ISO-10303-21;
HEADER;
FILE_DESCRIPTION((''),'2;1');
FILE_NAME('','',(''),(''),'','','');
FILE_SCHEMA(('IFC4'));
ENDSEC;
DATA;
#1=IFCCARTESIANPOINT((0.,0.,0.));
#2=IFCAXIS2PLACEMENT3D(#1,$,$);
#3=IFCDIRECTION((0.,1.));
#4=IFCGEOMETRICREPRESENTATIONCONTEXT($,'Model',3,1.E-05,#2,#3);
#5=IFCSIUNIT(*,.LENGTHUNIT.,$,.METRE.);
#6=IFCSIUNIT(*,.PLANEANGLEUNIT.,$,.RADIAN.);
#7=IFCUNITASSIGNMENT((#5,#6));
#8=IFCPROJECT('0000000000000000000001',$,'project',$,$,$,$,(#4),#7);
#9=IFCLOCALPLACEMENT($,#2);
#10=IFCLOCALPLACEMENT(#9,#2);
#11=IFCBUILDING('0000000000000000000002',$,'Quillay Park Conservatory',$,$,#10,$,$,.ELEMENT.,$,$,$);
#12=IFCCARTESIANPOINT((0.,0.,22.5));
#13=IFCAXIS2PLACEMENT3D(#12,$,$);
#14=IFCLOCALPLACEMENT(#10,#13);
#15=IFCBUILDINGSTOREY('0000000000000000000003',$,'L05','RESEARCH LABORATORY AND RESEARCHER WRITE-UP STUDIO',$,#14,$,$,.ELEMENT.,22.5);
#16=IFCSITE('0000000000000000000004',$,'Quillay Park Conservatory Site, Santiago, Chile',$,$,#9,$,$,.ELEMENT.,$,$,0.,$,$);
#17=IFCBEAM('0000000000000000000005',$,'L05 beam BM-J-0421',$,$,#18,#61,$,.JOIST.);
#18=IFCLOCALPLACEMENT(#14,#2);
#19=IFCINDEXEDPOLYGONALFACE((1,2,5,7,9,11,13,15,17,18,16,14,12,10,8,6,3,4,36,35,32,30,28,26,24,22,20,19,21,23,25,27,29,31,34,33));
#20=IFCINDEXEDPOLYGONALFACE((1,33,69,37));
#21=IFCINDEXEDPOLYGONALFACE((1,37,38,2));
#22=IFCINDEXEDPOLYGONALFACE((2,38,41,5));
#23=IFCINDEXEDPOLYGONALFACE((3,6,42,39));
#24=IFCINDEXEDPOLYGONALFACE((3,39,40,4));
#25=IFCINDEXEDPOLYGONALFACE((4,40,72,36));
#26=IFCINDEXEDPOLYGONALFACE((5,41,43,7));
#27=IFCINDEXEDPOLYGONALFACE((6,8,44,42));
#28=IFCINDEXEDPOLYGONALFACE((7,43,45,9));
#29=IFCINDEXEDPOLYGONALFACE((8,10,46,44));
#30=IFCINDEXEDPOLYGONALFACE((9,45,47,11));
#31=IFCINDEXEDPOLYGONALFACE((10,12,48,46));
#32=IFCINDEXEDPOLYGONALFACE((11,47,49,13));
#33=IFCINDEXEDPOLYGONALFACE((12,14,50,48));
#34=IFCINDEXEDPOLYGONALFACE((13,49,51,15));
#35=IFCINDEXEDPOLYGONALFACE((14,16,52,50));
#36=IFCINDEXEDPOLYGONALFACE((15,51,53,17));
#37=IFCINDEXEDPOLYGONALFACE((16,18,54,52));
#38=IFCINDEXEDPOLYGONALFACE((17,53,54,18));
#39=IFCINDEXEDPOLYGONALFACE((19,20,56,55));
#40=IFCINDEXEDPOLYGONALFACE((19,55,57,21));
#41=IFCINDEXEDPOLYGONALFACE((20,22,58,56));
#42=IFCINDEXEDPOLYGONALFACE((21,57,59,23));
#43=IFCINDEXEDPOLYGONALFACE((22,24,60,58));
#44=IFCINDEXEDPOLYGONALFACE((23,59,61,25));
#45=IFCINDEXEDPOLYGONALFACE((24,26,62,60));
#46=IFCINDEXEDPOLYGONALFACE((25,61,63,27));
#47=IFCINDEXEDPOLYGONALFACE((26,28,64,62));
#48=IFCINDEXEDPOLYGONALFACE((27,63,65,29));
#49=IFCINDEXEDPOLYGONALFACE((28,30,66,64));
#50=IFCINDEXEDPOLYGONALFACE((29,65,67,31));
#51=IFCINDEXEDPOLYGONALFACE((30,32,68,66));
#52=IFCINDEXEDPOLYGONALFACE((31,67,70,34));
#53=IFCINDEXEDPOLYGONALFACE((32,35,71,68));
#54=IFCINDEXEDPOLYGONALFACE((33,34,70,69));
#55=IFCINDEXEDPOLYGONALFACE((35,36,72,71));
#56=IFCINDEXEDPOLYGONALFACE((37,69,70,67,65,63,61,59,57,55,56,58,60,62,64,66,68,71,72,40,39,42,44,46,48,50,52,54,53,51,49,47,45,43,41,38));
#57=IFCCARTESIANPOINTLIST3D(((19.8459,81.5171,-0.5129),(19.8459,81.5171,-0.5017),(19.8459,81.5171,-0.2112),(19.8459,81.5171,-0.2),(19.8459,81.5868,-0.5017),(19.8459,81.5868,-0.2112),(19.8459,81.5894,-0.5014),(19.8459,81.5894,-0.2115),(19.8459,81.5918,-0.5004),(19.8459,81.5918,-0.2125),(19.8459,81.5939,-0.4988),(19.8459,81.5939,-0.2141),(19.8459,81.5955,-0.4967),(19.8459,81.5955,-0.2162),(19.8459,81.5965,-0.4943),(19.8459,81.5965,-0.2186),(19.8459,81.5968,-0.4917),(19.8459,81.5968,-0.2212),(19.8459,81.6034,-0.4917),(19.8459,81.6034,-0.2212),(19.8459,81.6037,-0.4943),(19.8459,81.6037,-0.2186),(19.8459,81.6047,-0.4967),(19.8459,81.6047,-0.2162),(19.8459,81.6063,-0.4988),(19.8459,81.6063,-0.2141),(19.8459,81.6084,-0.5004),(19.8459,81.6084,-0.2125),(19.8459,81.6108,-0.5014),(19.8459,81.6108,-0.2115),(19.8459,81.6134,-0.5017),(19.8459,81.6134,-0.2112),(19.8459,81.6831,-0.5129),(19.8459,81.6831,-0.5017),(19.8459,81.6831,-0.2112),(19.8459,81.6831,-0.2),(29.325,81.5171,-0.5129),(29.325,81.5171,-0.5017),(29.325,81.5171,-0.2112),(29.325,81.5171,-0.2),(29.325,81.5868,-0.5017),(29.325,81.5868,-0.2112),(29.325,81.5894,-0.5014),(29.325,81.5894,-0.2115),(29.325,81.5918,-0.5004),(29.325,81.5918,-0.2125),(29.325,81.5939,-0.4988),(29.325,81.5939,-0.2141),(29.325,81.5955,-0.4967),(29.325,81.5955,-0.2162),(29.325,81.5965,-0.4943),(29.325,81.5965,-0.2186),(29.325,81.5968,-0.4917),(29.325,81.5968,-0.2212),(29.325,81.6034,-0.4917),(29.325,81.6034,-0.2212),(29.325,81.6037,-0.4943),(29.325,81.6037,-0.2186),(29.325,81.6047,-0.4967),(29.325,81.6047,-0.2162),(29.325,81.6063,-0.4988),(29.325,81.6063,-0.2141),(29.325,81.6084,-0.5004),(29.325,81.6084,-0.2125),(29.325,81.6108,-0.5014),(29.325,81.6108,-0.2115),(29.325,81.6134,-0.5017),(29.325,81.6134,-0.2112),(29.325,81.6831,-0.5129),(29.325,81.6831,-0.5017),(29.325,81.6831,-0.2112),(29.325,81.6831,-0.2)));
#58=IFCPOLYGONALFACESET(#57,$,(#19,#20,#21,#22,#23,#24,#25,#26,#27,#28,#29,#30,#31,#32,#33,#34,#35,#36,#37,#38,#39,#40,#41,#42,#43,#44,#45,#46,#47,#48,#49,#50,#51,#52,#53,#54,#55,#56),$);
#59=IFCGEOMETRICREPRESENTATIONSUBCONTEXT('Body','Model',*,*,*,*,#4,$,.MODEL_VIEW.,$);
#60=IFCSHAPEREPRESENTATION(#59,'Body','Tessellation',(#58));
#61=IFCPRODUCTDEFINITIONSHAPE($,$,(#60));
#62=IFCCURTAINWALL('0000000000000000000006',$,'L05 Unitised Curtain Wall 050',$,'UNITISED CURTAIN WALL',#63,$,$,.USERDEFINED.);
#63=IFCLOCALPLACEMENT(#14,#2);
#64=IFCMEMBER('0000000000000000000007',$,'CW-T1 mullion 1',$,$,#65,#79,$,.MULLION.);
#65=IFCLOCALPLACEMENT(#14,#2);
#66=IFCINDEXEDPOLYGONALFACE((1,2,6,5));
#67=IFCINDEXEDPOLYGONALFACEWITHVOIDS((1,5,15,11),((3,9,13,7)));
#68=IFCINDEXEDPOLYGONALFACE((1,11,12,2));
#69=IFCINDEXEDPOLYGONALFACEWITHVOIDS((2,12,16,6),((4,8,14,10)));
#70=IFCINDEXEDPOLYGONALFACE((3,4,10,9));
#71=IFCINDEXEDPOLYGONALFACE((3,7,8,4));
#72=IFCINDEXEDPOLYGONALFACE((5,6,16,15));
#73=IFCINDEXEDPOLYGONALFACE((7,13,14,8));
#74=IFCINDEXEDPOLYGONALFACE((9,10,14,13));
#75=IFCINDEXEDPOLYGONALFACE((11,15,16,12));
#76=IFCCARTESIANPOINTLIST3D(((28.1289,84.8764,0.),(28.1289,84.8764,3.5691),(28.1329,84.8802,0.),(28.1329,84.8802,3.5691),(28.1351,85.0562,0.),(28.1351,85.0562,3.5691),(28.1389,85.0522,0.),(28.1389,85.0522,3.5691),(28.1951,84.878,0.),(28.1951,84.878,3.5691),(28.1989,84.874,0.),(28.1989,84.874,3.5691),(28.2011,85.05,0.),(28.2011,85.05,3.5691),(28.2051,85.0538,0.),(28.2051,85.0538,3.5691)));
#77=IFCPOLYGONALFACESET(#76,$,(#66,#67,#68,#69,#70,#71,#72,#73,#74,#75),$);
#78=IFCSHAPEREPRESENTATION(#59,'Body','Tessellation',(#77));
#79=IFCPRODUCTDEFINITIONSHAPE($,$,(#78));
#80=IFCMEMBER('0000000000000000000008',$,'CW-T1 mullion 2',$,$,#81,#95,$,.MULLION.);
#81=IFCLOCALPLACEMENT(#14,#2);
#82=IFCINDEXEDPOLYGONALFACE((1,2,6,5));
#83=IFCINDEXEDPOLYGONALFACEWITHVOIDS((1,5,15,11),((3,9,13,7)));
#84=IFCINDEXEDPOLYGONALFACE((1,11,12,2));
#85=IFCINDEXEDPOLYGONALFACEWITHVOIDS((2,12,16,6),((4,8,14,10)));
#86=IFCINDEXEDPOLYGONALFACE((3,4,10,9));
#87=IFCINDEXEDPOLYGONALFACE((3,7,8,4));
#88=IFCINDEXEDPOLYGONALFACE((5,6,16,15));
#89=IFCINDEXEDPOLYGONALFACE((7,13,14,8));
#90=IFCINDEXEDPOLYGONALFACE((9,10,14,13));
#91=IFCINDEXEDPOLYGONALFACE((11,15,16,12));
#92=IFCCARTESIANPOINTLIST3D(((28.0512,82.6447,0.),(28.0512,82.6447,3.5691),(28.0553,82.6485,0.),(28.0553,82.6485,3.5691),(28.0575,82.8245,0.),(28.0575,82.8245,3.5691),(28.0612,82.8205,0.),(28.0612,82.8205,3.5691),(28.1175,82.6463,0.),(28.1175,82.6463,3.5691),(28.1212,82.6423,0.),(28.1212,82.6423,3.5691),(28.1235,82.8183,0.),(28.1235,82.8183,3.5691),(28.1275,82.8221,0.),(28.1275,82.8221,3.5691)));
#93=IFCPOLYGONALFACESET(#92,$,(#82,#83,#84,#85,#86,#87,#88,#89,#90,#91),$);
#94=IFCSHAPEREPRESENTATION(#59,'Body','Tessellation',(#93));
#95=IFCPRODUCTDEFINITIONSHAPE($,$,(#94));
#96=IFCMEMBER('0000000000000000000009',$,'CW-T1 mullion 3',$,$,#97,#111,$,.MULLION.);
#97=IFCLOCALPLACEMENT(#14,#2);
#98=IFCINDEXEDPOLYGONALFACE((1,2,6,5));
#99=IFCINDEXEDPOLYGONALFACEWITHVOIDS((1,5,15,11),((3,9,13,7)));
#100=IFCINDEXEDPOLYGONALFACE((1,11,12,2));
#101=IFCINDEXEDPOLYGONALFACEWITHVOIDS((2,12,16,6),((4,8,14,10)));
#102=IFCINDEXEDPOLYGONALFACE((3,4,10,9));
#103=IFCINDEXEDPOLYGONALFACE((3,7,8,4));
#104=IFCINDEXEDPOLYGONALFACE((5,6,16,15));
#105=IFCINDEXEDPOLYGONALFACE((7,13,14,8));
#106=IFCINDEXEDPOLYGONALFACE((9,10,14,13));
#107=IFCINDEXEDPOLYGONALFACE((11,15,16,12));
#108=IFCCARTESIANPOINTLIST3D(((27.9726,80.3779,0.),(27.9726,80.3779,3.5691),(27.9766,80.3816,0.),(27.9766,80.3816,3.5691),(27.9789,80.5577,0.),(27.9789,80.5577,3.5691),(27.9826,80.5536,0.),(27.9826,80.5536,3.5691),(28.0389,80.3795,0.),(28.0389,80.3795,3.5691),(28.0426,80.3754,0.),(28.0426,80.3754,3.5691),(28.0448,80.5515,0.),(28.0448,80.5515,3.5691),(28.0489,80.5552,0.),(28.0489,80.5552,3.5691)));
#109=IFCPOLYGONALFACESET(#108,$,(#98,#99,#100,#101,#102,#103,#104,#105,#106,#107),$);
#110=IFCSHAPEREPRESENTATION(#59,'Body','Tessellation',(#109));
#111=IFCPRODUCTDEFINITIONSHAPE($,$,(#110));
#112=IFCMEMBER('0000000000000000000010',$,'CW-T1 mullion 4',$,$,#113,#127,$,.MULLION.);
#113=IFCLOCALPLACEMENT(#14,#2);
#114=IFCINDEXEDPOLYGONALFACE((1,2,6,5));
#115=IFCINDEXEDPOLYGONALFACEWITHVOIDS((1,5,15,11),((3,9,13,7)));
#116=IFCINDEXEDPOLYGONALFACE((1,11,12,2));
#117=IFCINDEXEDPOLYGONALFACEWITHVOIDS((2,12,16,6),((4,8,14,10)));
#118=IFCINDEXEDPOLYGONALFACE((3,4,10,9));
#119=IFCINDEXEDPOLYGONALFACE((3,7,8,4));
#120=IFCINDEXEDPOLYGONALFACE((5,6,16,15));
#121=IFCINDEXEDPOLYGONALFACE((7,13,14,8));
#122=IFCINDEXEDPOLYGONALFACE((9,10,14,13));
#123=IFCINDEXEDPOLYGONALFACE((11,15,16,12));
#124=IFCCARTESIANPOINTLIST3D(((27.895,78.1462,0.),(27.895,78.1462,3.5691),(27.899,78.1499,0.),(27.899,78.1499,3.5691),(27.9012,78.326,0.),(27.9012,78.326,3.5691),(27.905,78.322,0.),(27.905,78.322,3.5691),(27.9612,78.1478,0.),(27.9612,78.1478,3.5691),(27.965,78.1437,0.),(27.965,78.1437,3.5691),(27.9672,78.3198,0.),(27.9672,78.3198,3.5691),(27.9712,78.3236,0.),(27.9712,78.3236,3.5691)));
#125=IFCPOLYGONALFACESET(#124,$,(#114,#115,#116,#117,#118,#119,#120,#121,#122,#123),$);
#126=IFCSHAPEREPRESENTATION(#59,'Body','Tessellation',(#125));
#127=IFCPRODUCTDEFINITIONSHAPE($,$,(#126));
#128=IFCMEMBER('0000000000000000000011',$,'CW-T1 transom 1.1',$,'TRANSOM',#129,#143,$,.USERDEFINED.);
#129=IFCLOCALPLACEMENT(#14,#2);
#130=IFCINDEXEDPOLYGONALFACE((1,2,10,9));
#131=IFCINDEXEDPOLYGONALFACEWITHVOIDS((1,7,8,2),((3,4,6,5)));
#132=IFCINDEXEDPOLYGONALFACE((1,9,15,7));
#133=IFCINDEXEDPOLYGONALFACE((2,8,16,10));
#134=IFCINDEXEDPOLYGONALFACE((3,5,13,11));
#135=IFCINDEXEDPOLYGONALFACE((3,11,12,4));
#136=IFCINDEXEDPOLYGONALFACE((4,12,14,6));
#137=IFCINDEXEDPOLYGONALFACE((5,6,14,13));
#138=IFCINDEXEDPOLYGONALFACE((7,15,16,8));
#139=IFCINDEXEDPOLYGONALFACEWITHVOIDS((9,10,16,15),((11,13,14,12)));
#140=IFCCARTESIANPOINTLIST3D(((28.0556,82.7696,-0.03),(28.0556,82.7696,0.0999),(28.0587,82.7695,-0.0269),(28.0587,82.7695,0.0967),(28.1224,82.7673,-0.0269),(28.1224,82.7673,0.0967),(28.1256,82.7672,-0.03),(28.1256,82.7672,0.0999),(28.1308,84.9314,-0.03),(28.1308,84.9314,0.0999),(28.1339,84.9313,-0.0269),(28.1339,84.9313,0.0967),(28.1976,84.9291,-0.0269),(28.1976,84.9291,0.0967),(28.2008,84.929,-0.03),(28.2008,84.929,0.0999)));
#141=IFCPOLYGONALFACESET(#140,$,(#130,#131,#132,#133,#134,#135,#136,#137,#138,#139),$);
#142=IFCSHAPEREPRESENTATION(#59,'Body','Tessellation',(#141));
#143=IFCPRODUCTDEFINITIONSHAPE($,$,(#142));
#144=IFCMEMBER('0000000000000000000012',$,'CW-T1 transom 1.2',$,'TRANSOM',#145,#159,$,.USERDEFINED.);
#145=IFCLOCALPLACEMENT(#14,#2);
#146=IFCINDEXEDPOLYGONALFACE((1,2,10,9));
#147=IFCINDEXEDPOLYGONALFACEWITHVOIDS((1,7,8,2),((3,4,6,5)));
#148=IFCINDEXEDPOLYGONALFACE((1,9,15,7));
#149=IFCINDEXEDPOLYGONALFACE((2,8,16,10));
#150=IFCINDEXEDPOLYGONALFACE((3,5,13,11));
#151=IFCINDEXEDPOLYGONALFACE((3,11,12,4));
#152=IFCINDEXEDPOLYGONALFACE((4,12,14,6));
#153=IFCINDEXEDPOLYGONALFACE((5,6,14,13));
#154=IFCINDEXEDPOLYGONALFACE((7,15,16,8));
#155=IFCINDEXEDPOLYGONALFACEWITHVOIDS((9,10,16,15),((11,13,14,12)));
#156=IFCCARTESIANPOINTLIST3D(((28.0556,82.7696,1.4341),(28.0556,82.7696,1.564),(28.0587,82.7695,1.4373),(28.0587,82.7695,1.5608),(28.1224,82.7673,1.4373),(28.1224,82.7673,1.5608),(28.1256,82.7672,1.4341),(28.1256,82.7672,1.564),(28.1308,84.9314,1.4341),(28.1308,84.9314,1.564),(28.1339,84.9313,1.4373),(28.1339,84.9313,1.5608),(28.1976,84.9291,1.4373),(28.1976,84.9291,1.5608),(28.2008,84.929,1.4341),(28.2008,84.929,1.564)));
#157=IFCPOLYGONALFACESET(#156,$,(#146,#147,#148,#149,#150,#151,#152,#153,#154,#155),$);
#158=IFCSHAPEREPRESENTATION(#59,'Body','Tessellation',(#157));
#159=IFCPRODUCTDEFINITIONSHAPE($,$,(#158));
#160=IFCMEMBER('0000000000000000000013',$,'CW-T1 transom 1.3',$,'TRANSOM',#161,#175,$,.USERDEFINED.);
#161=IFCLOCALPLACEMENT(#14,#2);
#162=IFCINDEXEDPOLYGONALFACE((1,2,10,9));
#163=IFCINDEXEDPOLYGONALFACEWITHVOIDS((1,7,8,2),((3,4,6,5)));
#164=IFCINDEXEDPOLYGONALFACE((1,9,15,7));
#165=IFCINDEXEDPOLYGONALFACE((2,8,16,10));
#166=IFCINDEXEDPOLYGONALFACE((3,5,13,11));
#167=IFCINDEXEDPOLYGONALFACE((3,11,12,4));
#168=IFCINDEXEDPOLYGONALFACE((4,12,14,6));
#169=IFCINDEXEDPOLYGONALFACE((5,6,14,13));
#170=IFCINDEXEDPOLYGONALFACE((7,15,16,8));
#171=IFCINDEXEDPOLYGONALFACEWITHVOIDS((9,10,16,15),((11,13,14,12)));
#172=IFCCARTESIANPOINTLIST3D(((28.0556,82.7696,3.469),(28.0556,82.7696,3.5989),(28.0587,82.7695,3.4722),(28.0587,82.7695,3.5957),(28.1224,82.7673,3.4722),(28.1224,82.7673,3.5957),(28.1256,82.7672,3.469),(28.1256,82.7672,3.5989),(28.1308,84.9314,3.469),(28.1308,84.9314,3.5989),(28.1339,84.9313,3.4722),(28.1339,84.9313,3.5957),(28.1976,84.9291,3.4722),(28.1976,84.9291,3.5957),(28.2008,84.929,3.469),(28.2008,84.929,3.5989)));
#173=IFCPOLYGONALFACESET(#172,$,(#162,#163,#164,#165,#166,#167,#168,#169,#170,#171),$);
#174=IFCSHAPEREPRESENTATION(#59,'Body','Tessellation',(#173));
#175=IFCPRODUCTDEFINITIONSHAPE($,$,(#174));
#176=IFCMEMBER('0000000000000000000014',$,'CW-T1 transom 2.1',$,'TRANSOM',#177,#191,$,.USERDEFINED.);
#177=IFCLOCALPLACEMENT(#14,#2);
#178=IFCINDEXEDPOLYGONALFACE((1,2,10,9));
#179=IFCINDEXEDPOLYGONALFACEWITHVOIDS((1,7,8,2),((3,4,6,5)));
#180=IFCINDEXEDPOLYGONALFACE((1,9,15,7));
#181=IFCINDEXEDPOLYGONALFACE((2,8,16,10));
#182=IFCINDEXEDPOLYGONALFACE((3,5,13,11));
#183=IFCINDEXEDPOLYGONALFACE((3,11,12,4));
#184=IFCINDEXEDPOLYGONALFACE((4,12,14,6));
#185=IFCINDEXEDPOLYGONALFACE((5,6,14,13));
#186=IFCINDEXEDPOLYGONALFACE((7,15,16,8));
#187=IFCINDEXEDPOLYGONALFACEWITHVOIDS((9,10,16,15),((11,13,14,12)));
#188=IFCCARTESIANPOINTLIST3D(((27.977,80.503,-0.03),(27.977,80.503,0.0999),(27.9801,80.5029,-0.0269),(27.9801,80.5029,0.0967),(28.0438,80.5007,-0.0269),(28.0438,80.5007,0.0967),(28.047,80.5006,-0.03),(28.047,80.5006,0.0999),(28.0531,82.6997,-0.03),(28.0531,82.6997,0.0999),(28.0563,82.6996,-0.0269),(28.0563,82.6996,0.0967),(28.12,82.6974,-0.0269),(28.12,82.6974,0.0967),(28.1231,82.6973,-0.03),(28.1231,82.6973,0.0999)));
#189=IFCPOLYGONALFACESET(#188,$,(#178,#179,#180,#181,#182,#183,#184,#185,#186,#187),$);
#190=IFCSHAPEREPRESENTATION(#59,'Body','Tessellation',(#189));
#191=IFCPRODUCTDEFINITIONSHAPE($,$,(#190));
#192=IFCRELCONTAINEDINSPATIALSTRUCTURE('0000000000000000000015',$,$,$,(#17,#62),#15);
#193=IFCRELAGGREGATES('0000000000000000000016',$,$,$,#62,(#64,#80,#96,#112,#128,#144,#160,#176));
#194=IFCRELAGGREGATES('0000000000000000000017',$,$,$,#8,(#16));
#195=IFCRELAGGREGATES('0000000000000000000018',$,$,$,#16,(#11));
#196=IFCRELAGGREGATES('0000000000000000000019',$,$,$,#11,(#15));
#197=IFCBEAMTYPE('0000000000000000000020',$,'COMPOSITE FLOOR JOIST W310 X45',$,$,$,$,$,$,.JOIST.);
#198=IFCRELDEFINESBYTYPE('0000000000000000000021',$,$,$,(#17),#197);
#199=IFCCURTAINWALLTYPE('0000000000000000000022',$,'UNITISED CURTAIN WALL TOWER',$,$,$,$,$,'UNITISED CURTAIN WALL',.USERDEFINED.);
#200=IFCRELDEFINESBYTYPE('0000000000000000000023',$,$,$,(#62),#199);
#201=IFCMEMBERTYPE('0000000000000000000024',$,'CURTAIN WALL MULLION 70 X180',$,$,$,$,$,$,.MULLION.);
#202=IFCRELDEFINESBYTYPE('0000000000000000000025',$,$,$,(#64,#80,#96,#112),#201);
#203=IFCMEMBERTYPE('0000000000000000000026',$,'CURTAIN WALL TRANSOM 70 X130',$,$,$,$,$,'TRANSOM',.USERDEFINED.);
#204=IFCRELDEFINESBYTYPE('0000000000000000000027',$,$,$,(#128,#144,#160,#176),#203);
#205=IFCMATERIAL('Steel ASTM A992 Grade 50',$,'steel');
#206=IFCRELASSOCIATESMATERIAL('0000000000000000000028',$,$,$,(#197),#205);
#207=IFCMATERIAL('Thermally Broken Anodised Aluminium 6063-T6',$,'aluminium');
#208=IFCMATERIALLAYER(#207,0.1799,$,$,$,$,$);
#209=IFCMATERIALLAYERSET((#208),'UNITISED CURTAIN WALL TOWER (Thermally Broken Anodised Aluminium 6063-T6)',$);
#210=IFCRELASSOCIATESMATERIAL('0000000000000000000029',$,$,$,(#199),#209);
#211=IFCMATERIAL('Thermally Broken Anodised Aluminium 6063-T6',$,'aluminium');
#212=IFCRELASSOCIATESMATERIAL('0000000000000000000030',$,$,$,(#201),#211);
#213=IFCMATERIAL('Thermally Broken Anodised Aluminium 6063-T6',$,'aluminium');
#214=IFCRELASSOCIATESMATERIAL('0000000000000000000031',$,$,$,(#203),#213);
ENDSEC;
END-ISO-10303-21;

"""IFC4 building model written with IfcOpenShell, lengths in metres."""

from ifc_helpers import new_model, si_unit, direction, frame, origin, origin_2d, place, context, subcontext, project, spatial, hollow_rectangle, i_section, extrude, material, layer, layer_set, material_profile, profile_set, type_object, element, aggregate, save


model = new_model("IFC4")

# Units and contexts
model_context = context("Model", 3, precision=1e-05, world=origin(), true_north=direction((0.0, 1.0)))
body_context = subcontext(model_context, "Body", "Model", "MODEL_VIEW")
ifc_project = project(units=[si_unit("LENGTHUNIT", "METRE"), si_unit("PLANEANGLEUNIT", "RADIAN")], contexts=[model_context])

# Site, building, storey
site_placement = place(None, origin())
site = spatial("IfcSite", under=ifc_project, at=site_placement, Name="Quillay Park Conservatory Site, Santiago, Chile", CompositionType="ELEMENT", RefElevation=0.0)
building_placement = place(site_placement, origin())
building = spatial("IfcBuilding", under=site, at=building_placement, Name="Quillay Park Conservatory", CompositionType="ELEMENT")
storey_placement = place(building_placement, frame((0.0, 0.0, 22.5)))
storey = spatial("IfcBuildingStorey", under=building, at=storey_placement, Name="L05", Description="RESEARCH LABORATORY AND RESEARCHER WRITE-UP STUDIO", CompositionType="ELEMENT", Elevation=22.5)

# Beam
ifc_material_1 = material(Name="Steel ASTM A992 Grade 50", Category="steel")
ifc_material_profile_1 = material_profile(ifc_material_1, i_section(OverallWidth=0.166, OverallDepth=0.313, WebThickness=0.0066, FlangeThickness=0.0112, FilletRadius=0.01, at=origin_2d()), Name="W310x45")
ifc_profile_set_1 = profile_set([ifc_material_profile_1], Name="Steel ASTM A992 Grade 50")
beam_type_1 = type_object("IfcBeamType", Name="COMPOSITE FLOOR JOIST W310 X45", PredefinedType="JOIST", material=ifc_profile_set_1)
beam_1_placement = place(storey_placement, frame((19.8459, 81.6001, -0.3564), z_axis=(1.0, 0.0, 0.0), x_axis=(0.0, 1.0, 0.0)))
element("IfcBeam", 1, at=beam_1_placement, inside=storey, type_object=beam_type_1, Name="L05 beam BM-J-0421", PredefinedType="JOIST", context=body_context, shape_type="SweptSolid", body=[
    extrude(i_section(OverallWidth=0.166, OverallDepth=0.313, WebThickness=0.0066, FlangeThickness=0.0112, FilletRadius=0.01, at=origin_2d()), origin(), (0.0, 0.0, 1.0), 9.479),
])

# Curtain wall, members
ifc_material_2 = material(Name="Thermally Broken Anodised Aluminium 6063-T6", Category="aluminium")
ifc_layer_1 = layer(ifc_material_2, 0.1799)
ifc_layer_set_1 = layer_set([ifc_layer_1], Name="UNITISED CURTAIN WALL TOWER (Thermally Broken Anodised Aluminium 6063-T6)")
curtain_wall_type = type_object("IfcCurtainWallType", Name="UNITISED CURTAIN WALL TOWER", ElementType="UNITISED CURTAIN WALL", PredefinedType="USERDEFINED", material=ifc_layer_set_1)
curtain_wall_placement = place(storey_placement, origin())
curtain_wall = element("IfcCurtainWall", 2, at=curtain_wall_placement, inside=storey, type_object=curtain_wall_type, Name="L05 Unitised Curtain Wall 050", ObjectType="UNITISED CURTAIN WALL", PredefinedType="USERDEFINED")
ifc_material_3 = material(Name="Thermally Broken Anodised Aluminium 6063-T6", Category="aluminium")
ifc_material_profile_2 = material_profile(ifc_material_3, hollow_rectangle(XDim=0.0701, YDim=0.1799, WallThickness=0.0039, at=origin_2d()), Name="AL70x180x4")
ifc_profile_set_2 = profile_set([ifc_material_profile_2], Name="Thermally Broken Anodised Aluminium 6063-T6")
member_type_1 = type_object("IfcMemberType", Name="CURTAIN WALL MULLION 70 X180", PredefinedType="MULLION", material=ifc_profile_set_2)
member_1_placement = place(storey_placement, frame((28.167, 84.9651, 0.0), z_axis=(0.0, 0.0, 1.0), x_axis=(0.999397, -0.034713, 0.0)))
member_1 = element("IfcMember", 3, at=member_1_placement, type_object=member_type_1, Name="CW-T1 mullion 1", PredefinedType="MULLION", context=body_context, shape_type="SweptSolid", body=[
    extrude(hollow_rectangle(XDim=0.0701, YDim=0.1799, WallThickness=0.0039, at=origin_2d()), origin(), (0.0, 0.0, 1.0), 3.5691),
])
member_2_placement = place(storey_placement, frame((28.0894, 82.7334, 0.0), z_axis=(0.0, 0.0, 1.0), x_axis=(0.999397, -0.034713, 0.0)))
member_2 = element("IfcMember", 4, at=member_2_placement, type_object=member_type_1, Name="CW-T1 mullion 2", PredefinedType="MULLION", context=body_context, shape_type="SweptSolid", body=[
    extrude(hollow_rectangle(XDim=0.0701, YDim=0.1799, WallThickness=0.0039, at=origin_2d()), origin(), (0.0, 0.0, 1.0), 3.5691),
])
member_3_placement = place(storey_placement, frame((28.0107, 80.4666, 0.0), z_axis=(0.0, 0.0, 1.0), x_axis=(0.999397, -0.034713, 0.0)))
member_3 = element("IfcMember", 5, at=member_3_placement, type_object=member_type_1, Name="CW-T1 mullion 3", PredefinedType="MULLION", context=body_context, shape_type="SweptSolid", body=[
    extrude(hollow_rectangle(XDim=0.0701, YDim=0.1799, WallThickness=0.0039, at=origin_2d()), origin(), (0.0, 0.0, 1.0), 3.5691),
])
member_4_placement = place(storey_placement, frame((27.9331, 78.2349, 0.0), z_axis=(0.0, 0.0, 1.0), x_axis=(0.999397, -0.034713, 0.0)))
member_4 = element("IfcMember", 6, at=member_4_placement, type_object=member_type_1, Name="CW-T1 mullion 4", PredefinedType="MULLION", context=body_context, shape_type="SweptSolid", body=[
    extrude(hollow_rectangle(XDim=0.0701, YDim=0.1799, WallThickness=0.0039, at=origin_2d()), origin(), (0.0, 0.0, 1.0), 3.5691),
])
ifc_material_4 = material(Name="Thermally Broken Anodised Aluminium 6063-T6", Category="aluminium")
ifc_material_profile_3 = material_profile(ifc_material_4, hollow_rectangle(XDim=0.0701, YDim=0.1299, WallThickness=0.0032, at=origin_2d()), Name="AL70x130x3.2")
ifc_profile_set_3 = profile_set([ifc_material_profile_3], Name="Thermally Broken Anodised Aluminium 6063-T6")
member_type_2 = type_object("IfcMemberType", Name="CURTAIN WALL TRANSOM 70 X130", ElementType="TRANSOM", PredefinedType="USERDEFINED", material=ifc_profile_set_3)
member_5_placement = place(storey_placement, frame((28.1658, 84.9302, 0.0349), z_axis=(-0.034762, -0.999396, 0.0), x_axis=(0.999396, -0.034762, 0.0)))
member_5 = element("IfcMember", 7, at=member_5_placement, type_object=member_type_2, Name="CW-T1 transom 1.1", ObjectType="TRANSOM", PredefinedType="USERDEFINED", context=body_context, shape_type="SweptSolid", body=[
    extrude(hollow_rectangle(XDim=0.0701, YDim=0.1299, WallThickness=0.0032, at=origin_2d()), origin(), (0.0, 0.0, 1.0), 2.1631),
])
member_6_placement = place(storey_placement, frame((28.1658, 84.9302, 1.499), z_axis=(-0.034762, -0.999396, 0.0), x_axis=(0.999396, -0.034762, 0.0)))
member_6 = element("IfcMember", 8, at=member_6_placement, type_object=member_type_2, Name="CW-T1 transom 1.2", ObjectType="TRANSOM", PredefinedType="USERDEFINED", context=body_context, shape_type="SweptSolid", body=[
    extrude(hollow_rectangle(XDim=0.0701, YDim=0.1299, WallThickness=0.0032, at=origin_2d()), origin(), (0.0, 0.0, 1.0), 2.1631),
])
member_7_placement = place(storey_placement, frame((28.1658, 84.9302, 3.5339), z_axis=(-0.034762, -0.999396, 0.0), x_axis=(0.999396, -0.034762, 0.0)))
member_7 = element("IfcMember", 9, at=member_7_placement, type_object=member_type_2, Name="CW-T1 transom 1.3", ObjectType="TRANSOM", PredefinedType="USERDEFINED", context=body_context, shape_type="SweptSolid", body=[
    extrude(hollow_rectangle(XDim=0.0701, YDim=0.1299, WallThickness=0.0032, at=origin_2d()), origin(), (0.0, 0.0, 1.0), 2.1631),
])
member_8_placement = place(storey_placement, frame((28.0881, 82.6985, 0.0349), z_axis=(-0.034654, -0.999399, 0.0), x_axis=(0.999399, -0.034654, 0.0)))
member_8 = element("IfcMember", 10, at=member_8_placement, type_object=member_type_2, Name="CW-T1 transom 2.1", ObjectType="TRANSOM", PredefinedType="USERDEFINED", context=body_context, shape_type="SweptSolid", body=[
    extrude(hollow_rectangle(XDim=0.0701, YDim=0.1299, WallThickness=0.0032, at=origin_2d()), origin(), (0.0, 0.0, 1.0), 2.198),
])

aggregate(curtain_wall, [member_1, member_2, member_3, member_4, member_5, member_6, member_7, member_8])

save(model, "model.ifc")
